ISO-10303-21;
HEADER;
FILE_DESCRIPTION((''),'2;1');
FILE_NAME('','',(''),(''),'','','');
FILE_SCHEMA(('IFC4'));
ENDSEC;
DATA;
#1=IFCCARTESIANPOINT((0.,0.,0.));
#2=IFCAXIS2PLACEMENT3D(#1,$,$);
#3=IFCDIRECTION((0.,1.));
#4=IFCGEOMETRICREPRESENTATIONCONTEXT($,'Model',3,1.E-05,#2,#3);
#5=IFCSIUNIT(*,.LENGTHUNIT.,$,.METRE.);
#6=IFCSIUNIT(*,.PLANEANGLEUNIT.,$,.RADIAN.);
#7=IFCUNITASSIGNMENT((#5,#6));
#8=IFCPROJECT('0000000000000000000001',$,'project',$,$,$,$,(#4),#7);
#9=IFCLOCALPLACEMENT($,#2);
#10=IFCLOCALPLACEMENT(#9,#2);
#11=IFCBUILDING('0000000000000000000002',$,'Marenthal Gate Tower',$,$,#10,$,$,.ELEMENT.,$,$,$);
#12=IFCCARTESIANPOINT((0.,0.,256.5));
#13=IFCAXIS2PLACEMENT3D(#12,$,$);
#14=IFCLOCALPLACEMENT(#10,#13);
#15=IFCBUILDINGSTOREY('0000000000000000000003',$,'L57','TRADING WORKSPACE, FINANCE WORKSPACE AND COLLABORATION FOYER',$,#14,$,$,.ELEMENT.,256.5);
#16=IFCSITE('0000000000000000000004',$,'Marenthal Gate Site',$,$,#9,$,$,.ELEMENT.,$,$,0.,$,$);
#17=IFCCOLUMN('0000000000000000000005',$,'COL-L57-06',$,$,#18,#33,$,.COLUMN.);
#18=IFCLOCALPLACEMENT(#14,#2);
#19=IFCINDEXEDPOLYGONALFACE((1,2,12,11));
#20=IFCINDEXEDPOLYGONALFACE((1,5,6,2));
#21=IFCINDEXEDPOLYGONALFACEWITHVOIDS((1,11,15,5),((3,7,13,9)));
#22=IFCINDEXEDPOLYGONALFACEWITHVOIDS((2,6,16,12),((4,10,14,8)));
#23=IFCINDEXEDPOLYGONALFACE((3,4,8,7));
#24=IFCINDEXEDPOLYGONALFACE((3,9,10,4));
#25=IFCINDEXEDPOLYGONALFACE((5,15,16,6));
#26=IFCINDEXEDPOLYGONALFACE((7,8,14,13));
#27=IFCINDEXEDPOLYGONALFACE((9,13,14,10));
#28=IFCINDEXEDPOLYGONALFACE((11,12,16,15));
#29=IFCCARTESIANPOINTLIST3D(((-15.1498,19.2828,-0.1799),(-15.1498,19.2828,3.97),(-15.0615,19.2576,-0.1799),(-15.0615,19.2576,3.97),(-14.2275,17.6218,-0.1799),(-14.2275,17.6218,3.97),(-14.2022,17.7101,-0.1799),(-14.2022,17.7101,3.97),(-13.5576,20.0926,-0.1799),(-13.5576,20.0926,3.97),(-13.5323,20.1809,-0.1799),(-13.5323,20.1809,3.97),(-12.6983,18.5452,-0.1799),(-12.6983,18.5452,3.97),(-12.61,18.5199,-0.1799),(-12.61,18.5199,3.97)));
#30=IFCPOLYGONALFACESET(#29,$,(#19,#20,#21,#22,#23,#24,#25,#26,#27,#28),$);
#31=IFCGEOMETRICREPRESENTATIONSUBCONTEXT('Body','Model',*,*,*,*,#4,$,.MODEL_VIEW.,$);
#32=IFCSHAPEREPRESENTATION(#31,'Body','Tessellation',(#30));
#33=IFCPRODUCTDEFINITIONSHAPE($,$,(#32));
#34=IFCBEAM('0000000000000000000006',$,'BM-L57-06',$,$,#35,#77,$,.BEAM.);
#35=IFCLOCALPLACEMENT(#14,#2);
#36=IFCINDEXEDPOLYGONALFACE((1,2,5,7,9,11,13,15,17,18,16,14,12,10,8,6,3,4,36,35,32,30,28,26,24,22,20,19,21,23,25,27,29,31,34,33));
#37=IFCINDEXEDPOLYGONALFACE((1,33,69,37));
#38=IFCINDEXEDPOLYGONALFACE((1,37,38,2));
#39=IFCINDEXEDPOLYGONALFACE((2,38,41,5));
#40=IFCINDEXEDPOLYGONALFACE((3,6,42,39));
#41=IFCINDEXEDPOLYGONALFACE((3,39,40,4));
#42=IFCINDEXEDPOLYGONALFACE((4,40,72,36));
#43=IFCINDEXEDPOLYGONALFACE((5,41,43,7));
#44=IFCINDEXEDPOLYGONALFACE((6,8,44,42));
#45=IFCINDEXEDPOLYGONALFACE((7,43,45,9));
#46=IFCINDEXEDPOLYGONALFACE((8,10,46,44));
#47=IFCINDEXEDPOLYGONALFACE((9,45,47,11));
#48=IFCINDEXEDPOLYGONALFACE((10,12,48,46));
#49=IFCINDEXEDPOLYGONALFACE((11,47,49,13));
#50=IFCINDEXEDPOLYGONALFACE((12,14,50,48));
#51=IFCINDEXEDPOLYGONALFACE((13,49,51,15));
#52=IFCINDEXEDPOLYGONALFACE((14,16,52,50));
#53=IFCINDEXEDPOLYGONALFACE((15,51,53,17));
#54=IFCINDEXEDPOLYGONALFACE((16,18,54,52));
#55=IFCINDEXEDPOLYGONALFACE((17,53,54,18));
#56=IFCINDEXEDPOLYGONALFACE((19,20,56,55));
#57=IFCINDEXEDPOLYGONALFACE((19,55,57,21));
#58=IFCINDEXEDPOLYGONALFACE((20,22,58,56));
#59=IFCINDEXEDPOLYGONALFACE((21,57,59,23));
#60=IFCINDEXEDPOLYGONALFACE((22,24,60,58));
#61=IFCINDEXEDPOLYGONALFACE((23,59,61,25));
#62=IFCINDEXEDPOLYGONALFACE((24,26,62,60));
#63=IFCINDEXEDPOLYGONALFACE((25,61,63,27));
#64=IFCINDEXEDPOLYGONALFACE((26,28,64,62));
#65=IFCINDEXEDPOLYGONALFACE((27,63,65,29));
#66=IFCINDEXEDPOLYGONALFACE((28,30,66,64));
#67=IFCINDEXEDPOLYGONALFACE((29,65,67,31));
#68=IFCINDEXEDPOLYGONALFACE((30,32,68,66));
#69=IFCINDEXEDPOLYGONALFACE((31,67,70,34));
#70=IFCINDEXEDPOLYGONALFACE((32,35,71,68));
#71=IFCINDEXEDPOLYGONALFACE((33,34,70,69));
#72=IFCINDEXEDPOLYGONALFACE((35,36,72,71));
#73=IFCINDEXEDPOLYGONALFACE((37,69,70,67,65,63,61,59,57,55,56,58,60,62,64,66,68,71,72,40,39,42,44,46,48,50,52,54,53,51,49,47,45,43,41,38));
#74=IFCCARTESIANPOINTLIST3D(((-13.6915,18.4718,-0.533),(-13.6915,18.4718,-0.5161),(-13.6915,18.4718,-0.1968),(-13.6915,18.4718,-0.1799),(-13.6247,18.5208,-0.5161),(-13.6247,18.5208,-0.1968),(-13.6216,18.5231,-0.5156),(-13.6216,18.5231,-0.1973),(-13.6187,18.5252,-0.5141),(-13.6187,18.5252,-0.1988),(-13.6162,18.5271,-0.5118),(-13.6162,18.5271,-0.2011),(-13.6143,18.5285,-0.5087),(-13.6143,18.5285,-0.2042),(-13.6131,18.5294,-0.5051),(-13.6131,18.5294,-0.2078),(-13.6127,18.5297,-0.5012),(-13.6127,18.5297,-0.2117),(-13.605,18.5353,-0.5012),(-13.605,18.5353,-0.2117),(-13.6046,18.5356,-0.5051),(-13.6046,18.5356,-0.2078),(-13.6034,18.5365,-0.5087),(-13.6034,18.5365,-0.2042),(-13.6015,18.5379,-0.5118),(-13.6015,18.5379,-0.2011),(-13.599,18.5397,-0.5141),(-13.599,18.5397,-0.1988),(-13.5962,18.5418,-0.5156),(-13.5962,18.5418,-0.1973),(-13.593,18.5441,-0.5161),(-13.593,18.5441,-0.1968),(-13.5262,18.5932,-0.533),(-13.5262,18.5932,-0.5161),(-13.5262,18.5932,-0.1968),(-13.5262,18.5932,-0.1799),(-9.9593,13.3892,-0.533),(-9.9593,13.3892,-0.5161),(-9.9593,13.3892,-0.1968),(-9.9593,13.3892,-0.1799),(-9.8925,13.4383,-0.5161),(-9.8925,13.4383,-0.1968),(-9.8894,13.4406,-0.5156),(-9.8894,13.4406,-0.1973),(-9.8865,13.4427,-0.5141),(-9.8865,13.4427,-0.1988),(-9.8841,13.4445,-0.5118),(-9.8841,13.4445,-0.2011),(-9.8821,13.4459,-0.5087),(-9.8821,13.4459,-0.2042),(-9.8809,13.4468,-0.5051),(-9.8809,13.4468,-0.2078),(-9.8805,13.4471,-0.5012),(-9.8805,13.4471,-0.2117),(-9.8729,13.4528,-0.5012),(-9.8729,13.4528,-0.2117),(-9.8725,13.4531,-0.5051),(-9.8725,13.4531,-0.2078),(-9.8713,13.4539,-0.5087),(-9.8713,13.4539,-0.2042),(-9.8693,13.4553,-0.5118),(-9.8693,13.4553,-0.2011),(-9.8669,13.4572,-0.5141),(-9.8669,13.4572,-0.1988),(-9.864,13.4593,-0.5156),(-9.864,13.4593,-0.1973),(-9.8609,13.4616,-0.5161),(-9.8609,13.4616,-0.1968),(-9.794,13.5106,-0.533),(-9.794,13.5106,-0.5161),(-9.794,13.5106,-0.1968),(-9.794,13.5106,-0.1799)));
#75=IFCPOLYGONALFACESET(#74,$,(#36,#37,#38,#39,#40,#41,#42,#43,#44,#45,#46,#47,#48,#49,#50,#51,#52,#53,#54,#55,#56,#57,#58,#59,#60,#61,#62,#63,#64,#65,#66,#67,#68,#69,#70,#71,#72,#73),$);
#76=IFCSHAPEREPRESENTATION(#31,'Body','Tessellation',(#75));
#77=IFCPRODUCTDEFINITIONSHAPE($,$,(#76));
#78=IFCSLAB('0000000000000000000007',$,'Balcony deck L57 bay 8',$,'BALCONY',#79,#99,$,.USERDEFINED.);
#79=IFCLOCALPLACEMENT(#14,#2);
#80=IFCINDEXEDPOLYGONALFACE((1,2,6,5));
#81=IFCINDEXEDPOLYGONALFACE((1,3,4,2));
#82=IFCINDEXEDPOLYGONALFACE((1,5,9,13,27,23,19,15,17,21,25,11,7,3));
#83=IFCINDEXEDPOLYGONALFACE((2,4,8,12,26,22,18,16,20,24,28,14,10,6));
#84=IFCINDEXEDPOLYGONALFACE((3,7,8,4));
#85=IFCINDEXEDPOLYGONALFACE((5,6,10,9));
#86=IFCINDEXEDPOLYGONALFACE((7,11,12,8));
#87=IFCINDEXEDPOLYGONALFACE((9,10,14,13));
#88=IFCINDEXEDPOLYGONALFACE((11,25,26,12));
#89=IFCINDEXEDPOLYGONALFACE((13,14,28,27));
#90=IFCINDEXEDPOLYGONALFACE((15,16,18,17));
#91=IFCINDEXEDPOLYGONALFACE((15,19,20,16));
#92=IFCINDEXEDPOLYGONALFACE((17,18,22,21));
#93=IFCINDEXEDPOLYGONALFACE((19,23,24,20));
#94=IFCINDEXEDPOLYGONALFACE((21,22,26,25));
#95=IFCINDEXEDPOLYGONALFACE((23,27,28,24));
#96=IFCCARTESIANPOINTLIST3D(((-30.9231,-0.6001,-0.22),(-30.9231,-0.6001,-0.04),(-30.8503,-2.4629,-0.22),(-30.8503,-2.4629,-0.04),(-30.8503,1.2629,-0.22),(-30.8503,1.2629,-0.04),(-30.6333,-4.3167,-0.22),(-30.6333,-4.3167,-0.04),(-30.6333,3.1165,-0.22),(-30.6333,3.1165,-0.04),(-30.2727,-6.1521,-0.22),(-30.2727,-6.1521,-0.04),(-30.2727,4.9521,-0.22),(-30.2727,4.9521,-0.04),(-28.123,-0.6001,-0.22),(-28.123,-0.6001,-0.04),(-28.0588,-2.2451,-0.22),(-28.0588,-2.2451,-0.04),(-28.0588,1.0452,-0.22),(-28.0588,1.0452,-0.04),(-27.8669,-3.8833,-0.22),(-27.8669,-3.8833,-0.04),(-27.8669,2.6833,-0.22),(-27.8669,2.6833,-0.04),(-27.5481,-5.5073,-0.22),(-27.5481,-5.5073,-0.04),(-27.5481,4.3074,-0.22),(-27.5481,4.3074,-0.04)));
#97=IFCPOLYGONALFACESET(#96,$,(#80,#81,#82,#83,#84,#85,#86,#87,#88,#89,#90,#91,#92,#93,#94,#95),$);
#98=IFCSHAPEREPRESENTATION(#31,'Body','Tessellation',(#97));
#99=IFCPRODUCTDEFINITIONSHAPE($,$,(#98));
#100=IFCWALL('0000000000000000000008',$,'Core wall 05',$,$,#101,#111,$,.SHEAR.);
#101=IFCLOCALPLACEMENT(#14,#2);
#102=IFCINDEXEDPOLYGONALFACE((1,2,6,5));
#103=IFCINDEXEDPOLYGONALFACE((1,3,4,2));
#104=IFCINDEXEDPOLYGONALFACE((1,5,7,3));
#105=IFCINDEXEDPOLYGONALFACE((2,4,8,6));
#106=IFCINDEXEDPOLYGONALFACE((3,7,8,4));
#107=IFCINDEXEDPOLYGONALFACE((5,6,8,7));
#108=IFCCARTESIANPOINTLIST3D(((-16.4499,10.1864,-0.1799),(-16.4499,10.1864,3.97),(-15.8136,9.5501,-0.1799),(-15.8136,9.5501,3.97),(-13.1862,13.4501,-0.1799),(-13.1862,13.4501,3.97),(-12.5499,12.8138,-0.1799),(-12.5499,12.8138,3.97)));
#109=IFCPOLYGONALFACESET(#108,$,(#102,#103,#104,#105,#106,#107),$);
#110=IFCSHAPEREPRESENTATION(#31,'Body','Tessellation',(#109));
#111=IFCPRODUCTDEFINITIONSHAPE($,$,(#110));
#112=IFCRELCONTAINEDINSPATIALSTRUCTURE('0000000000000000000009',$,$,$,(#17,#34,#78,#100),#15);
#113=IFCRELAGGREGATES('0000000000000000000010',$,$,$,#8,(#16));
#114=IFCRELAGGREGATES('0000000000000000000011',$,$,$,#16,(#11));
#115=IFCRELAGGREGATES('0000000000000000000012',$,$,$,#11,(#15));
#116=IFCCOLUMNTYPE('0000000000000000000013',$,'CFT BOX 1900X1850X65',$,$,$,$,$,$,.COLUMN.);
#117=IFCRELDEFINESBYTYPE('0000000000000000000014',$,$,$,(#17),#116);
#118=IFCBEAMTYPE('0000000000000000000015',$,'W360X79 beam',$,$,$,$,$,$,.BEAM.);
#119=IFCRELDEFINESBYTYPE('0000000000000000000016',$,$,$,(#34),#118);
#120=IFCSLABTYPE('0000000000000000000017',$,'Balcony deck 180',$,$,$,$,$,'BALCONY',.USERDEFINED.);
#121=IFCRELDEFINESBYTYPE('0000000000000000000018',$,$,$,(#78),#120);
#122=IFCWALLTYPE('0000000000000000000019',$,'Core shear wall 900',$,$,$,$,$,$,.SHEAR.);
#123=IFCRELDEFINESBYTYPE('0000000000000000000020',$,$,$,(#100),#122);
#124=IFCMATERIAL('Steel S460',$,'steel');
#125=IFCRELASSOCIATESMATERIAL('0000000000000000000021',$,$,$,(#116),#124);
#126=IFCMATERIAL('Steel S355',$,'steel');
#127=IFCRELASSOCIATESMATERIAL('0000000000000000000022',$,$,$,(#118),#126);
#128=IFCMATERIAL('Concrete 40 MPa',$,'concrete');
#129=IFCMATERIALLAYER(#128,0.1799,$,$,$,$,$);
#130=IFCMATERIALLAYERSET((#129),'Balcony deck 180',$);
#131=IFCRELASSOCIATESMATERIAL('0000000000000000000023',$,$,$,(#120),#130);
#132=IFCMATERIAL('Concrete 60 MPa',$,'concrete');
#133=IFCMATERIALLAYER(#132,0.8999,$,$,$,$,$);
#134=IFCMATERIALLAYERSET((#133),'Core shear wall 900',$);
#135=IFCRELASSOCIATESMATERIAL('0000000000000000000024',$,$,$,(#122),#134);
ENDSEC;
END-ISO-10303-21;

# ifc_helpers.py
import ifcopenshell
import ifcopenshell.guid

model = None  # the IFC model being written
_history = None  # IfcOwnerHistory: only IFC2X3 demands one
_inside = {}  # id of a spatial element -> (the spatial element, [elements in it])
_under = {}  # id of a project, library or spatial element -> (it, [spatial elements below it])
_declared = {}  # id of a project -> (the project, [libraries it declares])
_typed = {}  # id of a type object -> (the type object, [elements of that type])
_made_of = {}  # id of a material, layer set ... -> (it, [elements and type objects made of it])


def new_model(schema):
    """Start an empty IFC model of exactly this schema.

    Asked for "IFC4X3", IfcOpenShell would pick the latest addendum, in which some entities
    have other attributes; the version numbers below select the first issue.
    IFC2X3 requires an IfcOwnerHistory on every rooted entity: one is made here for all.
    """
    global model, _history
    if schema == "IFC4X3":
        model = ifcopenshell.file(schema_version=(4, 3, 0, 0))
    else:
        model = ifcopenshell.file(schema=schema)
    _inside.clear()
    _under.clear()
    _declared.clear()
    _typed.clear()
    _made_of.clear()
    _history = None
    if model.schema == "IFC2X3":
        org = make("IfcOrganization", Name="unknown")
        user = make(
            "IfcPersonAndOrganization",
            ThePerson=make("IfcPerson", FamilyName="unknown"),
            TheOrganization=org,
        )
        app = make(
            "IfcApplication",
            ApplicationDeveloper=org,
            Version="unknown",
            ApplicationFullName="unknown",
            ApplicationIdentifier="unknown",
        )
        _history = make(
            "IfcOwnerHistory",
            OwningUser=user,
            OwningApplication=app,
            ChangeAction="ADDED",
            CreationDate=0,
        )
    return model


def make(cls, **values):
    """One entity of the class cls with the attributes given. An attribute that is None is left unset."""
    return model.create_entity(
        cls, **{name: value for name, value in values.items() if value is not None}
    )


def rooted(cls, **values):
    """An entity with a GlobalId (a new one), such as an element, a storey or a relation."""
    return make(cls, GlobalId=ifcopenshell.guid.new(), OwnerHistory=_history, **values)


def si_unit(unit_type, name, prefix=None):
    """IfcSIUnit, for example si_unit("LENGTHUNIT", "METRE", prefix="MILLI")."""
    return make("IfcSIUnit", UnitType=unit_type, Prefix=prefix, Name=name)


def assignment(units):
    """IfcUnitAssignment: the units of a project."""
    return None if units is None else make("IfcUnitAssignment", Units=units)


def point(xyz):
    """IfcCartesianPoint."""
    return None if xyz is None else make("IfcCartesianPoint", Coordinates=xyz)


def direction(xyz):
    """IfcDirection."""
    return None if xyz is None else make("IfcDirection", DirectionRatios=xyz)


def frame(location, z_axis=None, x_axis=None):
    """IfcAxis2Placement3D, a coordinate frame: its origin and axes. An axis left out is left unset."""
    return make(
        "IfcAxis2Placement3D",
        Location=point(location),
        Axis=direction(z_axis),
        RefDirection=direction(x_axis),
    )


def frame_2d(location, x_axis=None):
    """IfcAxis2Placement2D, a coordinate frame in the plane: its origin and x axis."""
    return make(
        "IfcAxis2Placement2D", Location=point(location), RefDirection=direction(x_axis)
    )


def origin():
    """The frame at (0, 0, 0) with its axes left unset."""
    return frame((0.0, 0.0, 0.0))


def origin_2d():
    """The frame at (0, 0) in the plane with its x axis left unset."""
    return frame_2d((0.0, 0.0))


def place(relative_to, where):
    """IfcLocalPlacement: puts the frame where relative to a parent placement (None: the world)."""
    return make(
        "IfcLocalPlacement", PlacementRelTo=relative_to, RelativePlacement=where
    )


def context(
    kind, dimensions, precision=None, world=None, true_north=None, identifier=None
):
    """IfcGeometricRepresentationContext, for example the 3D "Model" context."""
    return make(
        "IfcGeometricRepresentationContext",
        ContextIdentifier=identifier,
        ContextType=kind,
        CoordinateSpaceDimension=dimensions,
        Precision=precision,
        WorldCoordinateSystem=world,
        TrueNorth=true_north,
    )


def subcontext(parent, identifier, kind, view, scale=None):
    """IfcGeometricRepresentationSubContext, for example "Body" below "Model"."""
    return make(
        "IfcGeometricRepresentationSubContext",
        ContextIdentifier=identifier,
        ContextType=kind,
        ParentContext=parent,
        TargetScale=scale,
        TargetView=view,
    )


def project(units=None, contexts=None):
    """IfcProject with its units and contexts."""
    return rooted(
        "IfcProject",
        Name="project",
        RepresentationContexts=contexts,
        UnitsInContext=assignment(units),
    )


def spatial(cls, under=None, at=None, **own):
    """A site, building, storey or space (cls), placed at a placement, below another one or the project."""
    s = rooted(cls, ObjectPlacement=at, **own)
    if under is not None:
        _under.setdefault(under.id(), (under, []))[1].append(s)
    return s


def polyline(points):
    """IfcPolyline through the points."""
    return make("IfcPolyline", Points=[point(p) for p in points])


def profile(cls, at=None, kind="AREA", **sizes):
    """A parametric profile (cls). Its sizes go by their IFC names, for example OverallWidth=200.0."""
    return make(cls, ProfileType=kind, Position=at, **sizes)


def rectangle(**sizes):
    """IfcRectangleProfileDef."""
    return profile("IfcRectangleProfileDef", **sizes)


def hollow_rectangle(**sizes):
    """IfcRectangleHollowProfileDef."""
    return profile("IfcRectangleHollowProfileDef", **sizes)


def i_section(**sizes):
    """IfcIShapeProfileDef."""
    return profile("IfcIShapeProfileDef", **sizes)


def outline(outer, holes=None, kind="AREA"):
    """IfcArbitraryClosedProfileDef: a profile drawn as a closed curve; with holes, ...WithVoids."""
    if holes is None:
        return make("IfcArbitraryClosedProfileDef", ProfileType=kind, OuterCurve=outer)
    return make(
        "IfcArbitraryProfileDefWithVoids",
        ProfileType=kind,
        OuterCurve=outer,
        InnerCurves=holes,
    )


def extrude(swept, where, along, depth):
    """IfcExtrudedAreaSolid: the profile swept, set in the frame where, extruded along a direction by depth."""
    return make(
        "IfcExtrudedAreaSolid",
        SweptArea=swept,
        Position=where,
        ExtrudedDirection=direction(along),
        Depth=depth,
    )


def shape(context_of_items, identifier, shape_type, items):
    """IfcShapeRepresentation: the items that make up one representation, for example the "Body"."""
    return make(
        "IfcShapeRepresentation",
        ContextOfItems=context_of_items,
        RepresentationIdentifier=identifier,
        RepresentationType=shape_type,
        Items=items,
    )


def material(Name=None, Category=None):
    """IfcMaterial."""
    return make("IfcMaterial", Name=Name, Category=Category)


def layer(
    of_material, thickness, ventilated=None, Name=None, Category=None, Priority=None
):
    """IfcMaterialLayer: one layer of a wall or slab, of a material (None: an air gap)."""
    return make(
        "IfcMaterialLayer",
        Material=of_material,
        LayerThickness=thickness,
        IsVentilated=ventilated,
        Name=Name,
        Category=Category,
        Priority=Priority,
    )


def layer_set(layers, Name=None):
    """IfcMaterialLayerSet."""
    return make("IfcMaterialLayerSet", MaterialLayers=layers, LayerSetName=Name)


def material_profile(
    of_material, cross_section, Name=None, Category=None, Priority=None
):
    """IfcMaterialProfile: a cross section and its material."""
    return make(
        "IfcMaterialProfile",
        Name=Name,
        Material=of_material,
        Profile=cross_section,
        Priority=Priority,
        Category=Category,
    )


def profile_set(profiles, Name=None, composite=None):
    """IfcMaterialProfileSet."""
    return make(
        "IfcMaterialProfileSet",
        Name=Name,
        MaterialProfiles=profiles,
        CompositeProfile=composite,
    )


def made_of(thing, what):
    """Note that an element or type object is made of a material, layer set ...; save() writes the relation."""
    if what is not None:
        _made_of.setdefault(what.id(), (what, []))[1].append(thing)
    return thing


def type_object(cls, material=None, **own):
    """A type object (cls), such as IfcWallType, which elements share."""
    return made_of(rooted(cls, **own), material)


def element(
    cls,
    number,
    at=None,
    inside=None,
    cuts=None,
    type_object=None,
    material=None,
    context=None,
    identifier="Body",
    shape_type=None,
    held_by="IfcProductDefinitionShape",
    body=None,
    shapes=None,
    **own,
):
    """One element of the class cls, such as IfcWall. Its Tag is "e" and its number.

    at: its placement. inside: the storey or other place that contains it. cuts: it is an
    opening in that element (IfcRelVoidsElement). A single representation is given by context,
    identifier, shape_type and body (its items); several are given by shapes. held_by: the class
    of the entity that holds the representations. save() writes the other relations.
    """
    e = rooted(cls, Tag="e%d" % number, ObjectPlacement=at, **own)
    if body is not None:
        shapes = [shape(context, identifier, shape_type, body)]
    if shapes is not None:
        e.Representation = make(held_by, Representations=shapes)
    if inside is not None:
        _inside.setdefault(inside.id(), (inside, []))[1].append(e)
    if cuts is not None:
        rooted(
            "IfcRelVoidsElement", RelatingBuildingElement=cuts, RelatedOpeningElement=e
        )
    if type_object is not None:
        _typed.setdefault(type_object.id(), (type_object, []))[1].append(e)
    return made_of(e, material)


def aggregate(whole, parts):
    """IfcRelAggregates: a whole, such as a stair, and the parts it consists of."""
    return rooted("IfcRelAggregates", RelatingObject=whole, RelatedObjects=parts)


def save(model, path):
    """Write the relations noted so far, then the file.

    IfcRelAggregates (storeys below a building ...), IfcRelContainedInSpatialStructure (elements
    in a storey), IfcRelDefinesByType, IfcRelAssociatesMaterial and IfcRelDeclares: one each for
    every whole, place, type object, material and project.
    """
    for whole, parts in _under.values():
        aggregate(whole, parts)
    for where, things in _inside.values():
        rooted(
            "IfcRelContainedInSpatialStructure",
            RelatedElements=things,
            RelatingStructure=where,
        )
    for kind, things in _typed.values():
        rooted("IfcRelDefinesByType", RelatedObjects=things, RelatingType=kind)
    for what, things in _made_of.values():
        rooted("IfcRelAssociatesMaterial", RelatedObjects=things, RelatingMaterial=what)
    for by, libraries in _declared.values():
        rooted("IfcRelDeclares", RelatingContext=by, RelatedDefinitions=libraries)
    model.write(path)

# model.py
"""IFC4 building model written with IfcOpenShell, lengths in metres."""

from ifc_helpers import new_model, si_unit, direction, frame, frame_2d, origin, origin_2d, place, context, subcontext, project, spatial, polyline, rectangle, hollow_rectangle, i_section, outline, extrude, material, layer, layer_set, material_profile, profile_set, type_object, element, save


model = new_model("IFC4")

# Units and contexts
model_context = context("Model", 3, precision=1e-05, world=origin(), true_north=direction((0.0, 1.0)))
body_context = subcontext(model_context, "Body", "Model", "MODEL_VIEW")
ifc_project = project(units=[si_unit("LENGTHUNIT", "METRE"), si_unit("PLANEANGLEUNIT", "RADIAN")], contexts=[model_context])

# Site, building, storey
site_placement = place(None, origin())
site = spatial("IfcSite", under=ifc_project, at=site_placement, Name="Marenthal Gate Site", CompositionType="ELEMENT", RefElevation=0.0)
building_placement = place(site_placement, origin())
building = spatial("IfcBuilding", under=site, at=building_placement, Name="Marenthal Gate Tower", CompositionType="ELEMENT")
storey_placement = place(building_placement, frame((0.0, 0.0, 256.5)))
storey = spatial("IfcBuildingStorey", under=building, at=storey_placement, Name="L57", Description="TRADING WORKSPACE, FINANCE WORKSPACE AND COLLABORATION FOYER", CompositionType="ELEMENT", Elevation=256.5)

# Column
ifc_material_1 = material(Name="Steel S460", Category="steel")
ifc_material_profile_1 = material_profile(ifc_material_1, hollow_rectangle(XDim=1.8501, YDim=1.8999, WallThickness=0.0649, at=origin_2d()), Name="CFT BOX 1900X1850X65")
ifc_material_2 = material(Name="Concrete 70 MPa", Category="concrete")
ifc_material_profile_2 = material_profile(ifc_material_2, rectangle(XDim=1.72, YDim=1.77, at=origin_2d()), Name="CFT BOX 1900X1850X65 INFILL")
ifc_profile_set_1 = profile_set([ifc_material_profile_1, ifc_material_profile_2], Name="Steel S460 shell, Concrete 70 MPa infill")
column_type = type_object("IfcColumnType", Name="CFT BOX 1900X1850X65", PredefinedType="COLUMN", material=ifc_profile_set_1)
column_placement = place(storey_placement, frame((-13.8799, 18.9014, -0.1799), z_axis=(0.0, 0.0, 1.0), x_axis=(0.874262, 0.485454, 0.0)))
element("IfcColumn", 1, at=column_placement, inside=storey, type_object=column_type, Name="COL-L57-06", PredefinedType="COLUMN", context=body_context, shape_type="SweptSolid", body=[
    extrude(hollow_rectangle(XDim=1.8501, YDim=1.8999, WallThickness=0.0649, at=origin_2d()), origin(), (0.0, 0.0, 1.0), 4.1499),
])

# Beam
ifc_material_3 = material(Name="Steel S355", Category="steel")
ifc_material_profile_3 = material_profile(ifc_material_3, i_section(OverallWidth=0.2051, OverallDepth=0.353, WebThickness=0.0095, FlangeThickness=0.0168, FilletRadius=0.0149, at=origin_2d()), Name="W360X79")
ifc_profile_set_2 = profile_set([ifc_material_profile_3], Name="Steel S355")
beam_type = type_object("IfcBeamType", Name="W360X79 beam", PredefinedType="BEAM", material=ifc_profile_set_2)
beam_placement = place(storey_placement, frame((-13.6089, 18.5325, -0.3564), z_axis=(0.591879, -0.806027, 0.0), x_axis=(0.806027, 0.591879, 0.0)))
element("IfcBeam", 2, at=beam_placement, inside=storey, type_object=beam_type, Name="BM-L57-06", PredefinedType="BEAM", context=body_context, shape_type="SweptSolid", body=[
    extrude(i_section(OverallWidth=0.2051, OverallDepth=0.353, WebThickness=0.0095, FlangeThickness=0.0168, FilletRadius=0.0149, at=origin_2d()), origin(), (0.0, 0.0, 1.0), 6.3057),
])

# Slab
ifc_material_4 = material(Name="Concrete 40 MPa", Category="concrete")
ifc_layer_1 = layer(ifc_material_4, 0.1799)
ifc_layer_set_1 = layer_set([ifc_layer_1], Name="Balcony deck 180")
slab_type = type_object("IfcSlabType", Name="Balcony deck 180", ElementType="BALCONY", PredefinedType="USERDEFINED", material=ifc_layer_set_1)
slab_placement = place(storey_placement, frame((0.0, 0.0, -0.22)))
element("IfcSlab", 3, at=slab_placement, inside=storey, type_object=slab_type, Name="Balcony deck L57 bay 8", ObjectType="BALCONY", PredefinedType="USERDEFINED", context=body_context, shape_type="SweptSolid", body=[
    extrude(outline(polyline([(-27.5481, 4.3074), (-27.8669, 2.6833), (-28.0588, 1.0452), (-28.123, -0.6001), (-28.0588, -2.2451), (-27.8669, -3.8833), (-27.5481, -5.5073), (-30.2727, -6.1521), (-30.6333, -4.3167), (-30.8503, -2.4629), (-30.9231, -0.6001), (-30.8503, 1.2629), (-30.6333, 3.1165), (-30.2727, 4.9521), (-27.5481, 4.3074)])), origin(), (0.0, 0.0, 1.0), 0.1799),
])

# Wall
ifc_material_5 = material(Name="Concrete 60 MPa", Category="concrete")
ifc_layer_2 = layer(ifc_material_5, 0.8999)
ifc_layer_set_2 = layer_set([ifc_layer_2], Name="Core shear wall 900")
wall_type_1 = type_object("IfcWallType", Name="Core shear wall 900", PredefinedType="SHEAR", material=ifc_layer_set_2)
wall_1_placement = place(storey_placement, frame((-12.8682, 13.1318, -0.1799), z_axis=(0.0, 0.0, 1.0), x_axis=(-0.707107, -0.707107, 0.0)))
element("IfcWall", 4, at=wall_1_placement, inside=storey, type_object=wall_type_1, Name="Core wall 05", PredefinedType="SHEAR", context=body_context, shape_type="SweptSolid", body=[
    extrude(rectangle(XDim=4.6155, YDim=0.8999, at=frame_2d((2.3076, 0.0))), origin(), (0.0, 0.0, 1.0), 4.1499),
])

save(model, "model.ifc")
